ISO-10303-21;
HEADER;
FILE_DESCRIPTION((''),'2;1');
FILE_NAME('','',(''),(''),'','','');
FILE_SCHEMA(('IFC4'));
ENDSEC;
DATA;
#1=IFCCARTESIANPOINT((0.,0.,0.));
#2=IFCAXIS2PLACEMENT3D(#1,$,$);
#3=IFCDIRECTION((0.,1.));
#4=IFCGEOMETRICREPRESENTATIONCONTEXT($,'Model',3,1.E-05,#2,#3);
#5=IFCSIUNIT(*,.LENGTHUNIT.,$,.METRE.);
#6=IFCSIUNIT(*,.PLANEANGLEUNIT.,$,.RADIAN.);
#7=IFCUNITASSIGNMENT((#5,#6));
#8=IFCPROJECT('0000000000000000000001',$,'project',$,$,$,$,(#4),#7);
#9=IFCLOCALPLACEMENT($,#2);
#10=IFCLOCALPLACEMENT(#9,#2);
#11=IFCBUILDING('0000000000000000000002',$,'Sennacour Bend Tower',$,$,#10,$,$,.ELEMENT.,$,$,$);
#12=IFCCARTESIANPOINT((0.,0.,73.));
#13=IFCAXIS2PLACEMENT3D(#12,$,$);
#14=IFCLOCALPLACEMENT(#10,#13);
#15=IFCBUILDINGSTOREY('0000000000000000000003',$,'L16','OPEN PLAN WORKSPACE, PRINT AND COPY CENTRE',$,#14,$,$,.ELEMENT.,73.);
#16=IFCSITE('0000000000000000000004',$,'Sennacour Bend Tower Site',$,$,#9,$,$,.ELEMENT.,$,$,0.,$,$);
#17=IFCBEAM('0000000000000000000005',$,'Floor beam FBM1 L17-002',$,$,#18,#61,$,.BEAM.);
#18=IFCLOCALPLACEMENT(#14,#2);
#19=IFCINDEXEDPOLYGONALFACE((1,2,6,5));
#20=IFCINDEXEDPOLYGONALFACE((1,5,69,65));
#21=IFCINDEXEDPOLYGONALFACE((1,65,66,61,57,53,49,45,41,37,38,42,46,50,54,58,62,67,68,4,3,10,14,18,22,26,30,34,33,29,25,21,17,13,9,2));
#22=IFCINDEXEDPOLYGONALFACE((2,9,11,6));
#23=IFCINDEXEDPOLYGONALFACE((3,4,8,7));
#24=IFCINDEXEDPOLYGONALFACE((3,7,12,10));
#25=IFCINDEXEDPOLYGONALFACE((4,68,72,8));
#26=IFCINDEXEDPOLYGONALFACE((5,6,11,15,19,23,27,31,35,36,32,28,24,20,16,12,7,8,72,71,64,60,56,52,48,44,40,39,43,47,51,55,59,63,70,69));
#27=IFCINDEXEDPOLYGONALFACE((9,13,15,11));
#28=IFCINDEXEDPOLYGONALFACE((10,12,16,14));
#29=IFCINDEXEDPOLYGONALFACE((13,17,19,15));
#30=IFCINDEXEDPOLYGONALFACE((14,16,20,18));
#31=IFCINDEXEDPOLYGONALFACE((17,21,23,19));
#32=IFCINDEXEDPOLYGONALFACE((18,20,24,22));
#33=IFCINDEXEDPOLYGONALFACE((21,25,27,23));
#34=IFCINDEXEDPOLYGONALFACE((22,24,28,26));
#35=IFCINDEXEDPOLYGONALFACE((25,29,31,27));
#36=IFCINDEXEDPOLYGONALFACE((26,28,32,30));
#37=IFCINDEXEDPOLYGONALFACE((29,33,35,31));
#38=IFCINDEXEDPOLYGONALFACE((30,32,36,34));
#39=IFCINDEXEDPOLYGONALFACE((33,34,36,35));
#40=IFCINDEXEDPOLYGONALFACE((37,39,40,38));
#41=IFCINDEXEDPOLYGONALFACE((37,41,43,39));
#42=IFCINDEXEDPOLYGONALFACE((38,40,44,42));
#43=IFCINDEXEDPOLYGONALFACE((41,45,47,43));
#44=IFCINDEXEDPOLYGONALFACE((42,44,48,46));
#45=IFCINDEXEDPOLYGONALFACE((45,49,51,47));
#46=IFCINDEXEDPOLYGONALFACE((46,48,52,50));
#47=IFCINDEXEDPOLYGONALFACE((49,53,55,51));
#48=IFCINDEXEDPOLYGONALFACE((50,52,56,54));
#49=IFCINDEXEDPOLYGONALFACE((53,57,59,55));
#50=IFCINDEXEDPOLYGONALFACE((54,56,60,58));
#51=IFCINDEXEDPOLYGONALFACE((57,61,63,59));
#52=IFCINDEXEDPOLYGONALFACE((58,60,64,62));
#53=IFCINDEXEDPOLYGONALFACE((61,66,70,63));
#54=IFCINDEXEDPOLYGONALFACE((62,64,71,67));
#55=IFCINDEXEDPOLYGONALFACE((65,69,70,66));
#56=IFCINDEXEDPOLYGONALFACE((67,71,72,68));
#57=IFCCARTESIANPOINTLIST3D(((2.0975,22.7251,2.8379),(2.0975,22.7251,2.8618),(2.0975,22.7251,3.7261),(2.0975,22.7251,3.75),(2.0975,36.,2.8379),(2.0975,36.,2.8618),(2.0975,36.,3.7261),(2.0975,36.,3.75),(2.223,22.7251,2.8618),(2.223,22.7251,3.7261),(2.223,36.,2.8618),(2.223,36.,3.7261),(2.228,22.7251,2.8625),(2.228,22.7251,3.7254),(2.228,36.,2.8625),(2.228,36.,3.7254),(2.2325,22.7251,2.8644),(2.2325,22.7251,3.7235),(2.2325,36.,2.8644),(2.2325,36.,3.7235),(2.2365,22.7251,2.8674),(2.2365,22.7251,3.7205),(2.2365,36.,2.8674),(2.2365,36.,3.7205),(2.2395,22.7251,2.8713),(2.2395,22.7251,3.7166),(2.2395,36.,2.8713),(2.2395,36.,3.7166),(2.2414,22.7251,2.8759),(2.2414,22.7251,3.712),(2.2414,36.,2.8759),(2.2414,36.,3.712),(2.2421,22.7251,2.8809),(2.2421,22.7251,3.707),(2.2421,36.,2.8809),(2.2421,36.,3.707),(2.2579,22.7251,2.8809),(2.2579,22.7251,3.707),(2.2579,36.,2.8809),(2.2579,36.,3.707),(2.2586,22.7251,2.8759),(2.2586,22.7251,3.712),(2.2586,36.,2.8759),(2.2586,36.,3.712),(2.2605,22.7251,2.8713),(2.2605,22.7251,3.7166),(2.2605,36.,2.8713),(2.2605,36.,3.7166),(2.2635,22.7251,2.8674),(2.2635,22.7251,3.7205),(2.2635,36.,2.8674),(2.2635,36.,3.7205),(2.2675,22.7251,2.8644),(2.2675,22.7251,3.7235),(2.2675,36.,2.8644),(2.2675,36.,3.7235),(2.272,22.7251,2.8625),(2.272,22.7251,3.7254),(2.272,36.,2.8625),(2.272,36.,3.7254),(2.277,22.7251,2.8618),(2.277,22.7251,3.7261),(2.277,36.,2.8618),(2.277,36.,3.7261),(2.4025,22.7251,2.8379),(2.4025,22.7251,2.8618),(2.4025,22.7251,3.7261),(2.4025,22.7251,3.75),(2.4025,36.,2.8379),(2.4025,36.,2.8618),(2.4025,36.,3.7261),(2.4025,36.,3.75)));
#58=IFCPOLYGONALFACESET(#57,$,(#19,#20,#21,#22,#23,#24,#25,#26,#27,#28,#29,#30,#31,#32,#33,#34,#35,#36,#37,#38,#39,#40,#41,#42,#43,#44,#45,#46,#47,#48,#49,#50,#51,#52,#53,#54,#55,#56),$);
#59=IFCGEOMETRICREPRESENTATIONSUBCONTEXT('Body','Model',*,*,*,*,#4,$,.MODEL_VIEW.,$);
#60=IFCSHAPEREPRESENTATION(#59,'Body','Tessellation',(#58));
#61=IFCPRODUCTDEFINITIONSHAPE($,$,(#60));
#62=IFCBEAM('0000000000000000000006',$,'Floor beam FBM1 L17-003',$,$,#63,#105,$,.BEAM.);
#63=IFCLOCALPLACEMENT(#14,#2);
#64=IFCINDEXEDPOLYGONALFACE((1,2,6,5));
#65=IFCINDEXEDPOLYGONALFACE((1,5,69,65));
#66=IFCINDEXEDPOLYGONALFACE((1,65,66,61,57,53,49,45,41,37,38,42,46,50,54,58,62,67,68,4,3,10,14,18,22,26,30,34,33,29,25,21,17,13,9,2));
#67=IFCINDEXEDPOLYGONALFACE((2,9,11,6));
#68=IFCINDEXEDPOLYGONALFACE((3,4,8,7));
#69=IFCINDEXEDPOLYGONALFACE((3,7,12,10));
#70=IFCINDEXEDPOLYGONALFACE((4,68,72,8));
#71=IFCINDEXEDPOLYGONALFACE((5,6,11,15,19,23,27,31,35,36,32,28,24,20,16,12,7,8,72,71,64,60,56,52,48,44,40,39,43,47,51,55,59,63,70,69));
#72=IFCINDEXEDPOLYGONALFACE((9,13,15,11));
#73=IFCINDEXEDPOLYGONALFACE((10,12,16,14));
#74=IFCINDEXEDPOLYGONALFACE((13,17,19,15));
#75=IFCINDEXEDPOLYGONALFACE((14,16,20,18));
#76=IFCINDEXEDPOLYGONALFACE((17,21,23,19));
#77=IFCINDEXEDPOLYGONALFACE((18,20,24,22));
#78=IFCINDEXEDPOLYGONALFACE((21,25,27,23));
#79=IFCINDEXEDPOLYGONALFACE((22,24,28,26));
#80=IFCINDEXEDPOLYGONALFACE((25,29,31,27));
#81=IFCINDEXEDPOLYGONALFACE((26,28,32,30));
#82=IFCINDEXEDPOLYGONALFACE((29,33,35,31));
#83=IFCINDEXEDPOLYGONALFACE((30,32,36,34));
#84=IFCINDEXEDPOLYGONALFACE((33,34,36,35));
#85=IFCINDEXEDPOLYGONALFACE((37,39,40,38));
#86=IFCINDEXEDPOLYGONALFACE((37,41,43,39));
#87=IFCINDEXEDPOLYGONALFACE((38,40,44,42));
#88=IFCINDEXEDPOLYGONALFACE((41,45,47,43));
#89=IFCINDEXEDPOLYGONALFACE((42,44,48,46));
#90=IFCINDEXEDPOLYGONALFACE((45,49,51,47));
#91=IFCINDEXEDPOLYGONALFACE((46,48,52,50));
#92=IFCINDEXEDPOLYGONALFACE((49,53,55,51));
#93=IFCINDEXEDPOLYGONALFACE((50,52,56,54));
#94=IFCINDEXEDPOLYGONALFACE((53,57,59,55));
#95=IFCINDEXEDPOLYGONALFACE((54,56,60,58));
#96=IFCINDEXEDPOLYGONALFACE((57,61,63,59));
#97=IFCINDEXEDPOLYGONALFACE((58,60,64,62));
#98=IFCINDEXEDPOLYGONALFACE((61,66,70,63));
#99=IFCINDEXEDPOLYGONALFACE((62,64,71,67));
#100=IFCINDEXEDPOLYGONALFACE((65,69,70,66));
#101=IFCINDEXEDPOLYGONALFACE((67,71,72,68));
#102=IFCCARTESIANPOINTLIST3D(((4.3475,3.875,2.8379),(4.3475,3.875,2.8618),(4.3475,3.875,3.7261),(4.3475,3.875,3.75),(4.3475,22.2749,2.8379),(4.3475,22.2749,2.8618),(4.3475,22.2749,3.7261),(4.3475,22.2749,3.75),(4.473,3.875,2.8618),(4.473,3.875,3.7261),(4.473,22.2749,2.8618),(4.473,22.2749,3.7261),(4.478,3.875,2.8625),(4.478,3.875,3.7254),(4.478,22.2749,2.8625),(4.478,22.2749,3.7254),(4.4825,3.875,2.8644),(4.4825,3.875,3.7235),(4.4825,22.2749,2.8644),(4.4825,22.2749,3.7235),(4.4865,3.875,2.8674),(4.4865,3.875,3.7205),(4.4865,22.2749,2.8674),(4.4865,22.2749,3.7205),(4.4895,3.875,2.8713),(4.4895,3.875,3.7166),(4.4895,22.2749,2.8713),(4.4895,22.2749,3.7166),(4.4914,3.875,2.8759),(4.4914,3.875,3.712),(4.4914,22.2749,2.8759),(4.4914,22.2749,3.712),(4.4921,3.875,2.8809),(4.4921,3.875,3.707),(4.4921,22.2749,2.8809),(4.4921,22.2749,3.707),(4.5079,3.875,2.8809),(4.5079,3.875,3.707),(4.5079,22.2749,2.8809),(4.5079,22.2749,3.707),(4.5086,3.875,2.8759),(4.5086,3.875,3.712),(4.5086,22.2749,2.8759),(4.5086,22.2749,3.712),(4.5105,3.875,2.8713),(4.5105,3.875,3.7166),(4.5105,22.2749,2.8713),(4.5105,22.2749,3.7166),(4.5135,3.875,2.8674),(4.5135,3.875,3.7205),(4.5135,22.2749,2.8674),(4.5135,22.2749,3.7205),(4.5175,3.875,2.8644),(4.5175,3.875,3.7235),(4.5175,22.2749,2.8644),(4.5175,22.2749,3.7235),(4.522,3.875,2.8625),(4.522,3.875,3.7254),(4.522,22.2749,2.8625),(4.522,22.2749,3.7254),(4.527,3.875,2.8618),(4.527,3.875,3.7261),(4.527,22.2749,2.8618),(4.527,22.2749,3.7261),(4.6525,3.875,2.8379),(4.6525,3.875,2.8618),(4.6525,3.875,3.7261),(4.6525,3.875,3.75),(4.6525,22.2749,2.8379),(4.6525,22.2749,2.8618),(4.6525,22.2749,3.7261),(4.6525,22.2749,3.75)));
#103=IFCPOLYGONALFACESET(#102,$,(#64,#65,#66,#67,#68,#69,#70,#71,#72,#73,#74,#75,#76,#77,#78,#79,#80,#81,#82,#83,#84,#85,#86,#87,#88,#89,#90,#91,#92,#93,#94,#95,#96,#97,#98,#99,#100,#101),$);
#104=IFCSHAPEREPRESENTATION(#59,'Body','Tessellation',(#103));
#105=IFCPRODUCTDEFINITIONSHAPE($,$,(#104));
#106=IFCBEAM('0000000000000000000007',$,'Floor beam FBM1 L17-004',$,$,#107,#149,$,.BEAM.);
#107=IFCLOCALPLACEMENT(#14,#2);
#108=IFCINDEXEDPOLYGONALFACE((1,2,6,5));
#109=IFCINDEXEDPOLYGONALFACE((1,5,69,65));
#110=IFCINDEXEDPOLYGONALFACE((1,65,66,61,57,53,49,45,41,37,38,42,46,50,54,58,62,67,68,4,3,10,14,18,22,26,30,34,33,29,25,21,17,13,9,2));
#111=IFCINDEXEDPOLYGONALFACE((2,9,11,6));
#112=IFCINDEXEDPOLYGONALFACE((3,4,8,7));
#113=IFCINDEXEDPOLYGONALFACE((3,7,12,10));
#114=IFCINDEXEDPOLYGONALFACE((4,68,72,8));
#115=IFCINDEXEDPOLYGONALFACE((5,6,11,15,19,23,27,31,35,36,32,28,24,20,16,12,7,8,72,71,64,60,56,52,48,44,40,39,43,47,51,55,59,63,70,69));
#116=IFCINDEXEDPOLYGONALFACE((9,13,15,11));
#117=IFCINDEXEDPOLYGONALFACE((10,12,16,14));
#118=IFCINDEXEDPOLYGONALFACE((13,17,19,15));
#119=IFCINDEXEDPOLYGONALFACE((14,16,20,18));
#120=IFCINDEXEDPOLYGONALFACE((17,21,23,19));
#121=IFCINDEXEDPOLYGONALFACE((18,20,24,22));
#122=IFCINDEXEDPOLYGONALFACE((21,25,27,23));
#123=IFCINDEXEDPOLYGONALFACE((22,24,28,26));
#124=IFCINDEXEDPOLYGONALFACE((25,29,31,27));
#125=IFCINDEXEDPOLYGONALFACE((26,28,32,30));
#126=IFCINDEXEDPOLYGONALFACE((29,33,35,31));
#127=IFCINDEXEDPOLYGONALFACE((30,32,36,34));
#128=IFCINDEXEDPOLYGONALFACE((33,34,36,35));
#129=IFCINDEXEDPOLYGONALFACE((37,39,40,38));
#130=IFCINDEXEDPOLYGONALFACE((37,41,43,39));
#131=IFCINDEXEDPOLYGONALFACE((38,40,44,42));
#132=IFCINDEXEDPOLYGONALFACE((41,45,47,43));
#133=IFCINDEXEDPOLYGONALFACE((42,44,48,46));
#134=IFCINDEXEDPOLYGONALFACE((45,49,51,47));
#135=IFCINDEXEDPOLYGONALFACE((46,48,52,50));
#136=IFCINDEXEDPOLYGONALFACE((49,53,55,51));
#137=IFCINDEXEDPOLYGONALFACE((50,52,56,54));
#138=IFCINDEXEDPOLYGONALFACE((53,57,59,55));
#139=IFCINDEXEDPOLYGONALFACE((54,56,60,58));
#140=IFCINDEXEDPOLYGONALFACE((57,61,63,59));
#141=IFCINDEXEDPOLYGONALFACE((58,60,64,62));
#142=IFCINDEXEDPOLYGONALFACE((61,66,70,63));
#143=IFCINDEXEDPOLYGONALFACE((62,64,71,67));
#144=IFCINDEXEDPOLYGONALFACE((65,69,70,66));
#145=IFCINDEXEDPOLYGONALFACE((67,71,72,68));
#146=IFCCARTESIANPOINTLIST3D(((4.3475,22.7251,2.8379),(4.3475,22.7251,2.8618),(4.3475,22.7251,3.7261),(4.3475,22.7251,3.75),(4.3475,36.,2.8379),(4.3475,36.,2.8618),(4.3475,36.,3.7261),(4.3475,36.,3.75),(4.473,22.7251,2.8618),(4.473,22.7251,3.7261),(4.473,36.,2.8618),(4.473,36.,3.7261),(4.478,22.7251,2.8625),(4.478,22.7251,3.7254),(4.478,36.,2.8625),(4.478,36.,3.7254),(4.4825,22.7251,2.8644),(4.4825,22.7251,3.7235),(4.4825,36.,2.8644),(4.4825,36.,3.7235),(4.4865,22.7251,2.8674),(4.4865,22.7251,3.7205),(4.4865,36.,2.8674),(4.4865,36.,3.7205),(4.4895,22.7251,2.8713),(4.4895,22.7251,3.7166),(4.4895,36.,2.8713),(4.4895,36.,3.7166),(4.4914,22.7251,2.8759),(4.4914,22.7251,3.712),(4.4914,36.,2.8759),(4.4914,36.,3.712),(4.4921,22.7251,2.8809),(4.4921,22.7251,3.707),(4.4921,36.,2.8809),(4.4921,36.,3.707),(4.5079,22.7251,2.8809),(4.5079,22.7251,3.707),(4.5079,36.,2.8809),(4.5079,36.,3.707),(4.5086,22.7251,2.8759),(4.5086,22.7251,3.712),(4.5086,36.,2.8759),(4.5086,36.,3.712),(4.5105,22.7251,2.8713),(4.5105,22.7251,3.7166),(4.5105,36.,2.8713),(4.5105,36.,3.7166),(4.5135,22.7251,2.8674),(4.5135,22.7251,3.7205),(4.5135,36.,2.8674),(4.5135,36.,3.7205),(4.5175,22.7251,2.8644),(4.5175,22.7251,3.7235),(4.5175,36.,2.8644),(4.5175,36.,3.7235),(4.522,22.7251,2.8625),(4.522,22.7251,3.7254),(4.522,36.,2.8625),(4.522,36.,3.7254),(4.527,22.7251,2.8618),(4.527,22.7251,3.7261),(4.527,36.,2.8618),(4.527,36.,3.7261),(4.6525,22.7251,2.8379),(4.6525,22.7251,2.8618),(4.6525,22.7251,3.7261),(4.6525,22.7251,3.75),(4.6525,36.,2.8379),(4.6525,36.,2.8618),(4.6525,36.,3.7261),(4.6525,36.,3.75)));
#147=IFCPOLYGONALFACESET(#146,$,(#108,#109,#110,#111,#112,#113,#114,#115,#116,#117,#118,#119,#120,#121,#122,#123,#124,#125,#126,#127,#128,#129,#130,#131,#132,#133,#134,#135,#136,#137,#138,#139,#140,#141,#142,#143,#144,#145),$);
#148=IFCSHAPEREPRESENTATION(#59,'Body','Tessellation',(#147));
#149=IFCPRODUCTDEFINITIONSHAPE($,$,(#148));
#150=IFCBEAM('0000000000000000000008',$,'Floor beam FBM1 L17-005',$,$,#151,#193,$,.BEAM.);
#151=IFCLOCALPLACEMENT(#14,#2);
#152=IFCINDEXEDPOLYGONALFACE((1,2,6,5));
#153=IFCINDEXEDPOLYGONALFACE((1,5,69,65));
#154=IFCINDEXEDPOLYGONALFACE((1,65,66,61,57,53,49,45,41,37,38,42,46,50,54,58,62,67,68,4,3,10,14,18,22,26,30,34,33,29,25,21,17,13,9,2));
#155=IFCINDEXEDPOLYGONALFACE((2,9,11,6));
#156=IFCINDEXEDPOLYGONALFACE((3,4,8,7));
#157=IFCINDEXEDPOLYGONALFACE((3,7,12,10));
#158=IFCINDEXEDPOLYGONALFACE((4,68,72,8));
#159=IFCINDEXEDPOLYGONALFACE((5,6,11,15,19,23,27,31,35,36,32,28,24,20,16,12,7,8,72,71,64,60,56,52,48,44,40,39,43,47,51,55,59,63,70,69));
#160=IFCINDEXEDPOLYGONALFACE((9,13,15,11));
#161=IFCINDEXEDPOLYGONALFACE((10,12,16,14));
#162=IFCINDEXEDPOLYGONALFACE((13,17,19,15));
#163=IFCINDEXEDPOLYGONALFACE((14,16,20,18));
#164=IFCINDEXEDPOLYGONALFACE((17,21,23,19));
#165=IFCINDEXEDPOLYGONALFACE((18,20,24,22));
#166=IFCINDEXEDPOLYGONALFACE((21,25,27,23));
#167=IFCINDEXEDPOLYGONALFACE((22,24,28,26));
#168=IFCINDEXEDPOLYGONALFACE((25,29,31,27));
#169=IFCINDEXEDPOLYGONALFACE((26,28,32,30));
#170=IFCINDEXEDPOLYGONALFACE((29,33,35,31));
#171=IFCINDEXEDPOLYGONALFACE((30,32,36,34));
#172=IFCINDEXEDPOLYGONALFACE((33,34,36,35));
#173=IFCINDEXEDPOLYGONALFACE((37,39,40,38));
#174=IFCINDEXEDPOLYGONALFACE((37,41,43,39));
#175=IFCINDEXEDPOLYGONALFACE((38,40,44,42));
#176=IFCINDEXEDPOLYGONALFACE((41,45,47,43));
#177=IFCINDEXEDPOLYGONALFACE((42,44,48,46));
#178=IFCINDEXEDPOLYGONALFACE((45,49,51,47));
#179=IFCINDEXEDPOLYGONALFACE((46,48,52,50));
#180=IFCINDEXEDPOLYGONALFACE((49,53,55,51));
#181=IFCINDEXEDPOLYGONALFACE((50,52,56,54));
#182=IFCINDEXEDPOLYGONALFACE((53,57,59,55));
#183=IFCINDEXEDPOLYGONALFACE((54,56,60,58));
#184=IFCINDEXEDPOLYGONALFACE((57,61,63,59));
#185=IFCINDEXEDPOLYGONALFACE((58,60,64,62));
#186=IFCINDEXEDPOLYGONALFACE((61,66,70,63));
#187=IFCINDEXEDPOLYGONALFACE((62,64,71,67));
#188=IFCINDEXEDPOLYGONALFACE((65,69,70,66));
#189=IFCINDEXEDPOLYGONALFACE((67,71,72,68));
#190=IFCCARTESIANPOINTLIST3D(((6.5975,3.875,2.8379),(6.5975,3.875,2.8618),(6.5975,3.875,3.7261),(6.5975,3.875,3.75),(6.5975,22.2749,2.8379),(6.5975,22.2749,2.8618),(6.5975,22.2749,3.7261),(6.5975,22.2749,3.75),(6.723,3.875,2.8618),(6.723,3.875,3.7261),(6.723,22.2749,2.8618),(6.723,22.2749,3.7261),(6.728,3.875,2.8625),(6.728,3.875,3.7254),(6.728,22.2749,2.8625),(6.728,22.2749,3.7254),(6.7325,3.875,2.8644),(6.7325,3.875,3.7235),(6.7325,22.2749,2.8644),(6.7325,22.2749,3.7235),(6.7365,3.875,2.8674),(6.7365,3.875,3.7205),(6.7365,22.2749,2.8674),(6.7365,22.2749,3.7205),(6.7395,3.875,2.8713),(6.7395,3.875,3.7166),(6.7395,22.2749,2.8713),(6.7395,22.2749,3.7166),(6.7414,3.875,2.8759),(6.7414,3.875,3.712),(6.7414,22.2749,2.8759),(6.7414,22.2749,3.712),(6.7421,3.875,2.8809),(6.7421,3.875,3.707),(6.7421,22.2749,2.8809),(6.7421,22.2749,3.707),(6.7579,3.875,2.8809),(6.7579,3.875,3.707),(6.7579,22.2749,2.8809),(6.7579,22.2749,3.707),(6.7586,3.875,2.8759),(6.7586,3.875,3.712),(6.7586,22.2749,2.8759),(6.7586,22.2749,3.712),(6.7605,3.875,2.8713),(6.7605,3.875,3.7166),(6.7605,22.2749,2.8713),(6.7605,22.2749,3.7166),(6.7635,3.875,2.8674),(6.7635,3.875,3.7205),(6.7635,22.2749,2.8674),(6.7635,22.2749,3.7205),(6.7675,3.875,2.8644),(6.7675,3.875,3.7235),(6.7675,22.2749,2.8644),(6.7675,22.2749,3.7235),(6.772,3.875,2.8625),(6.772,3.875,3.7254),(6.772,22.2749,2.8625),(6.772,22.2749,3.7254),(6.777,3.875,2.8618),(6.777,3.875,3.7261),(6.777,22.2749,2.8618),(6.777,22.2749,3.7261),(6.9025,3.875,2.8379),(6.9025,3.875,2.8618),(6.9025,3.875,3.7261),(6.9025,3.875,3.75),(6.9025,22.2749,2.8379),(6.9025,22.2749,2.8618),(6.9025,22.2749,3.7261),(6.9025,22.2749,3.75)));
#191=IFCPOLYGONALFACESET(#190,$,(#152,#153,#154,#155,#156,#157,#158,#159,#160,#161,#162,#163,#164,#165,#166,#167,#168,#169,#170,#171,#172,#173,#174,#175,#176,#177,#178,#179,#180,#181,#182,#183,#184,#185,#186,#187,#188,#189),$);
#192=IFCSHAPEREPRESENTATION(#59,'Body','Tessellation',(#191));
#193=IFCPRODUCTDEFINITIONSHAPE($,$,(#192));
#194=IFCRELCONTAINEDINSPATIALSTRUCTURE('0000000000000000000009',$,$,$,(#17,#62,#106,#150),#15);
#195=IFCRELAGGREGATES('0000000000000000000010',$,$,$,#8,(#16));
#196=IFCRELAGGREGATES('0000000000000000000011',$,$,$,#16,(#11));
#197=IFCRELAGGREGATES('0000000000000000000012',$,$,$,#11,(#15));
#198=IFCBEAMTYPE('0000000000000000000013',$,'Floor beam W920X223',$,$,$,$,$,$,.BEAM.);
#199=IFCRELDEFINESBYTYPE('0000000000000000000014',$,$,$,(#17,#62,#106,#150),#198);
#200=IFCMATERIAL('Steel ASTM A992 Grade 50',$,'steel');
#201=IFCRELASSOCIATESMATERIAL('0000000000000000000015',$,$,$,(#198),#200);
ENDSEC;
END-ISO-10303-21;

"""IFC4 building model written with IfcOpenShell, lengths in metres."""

from ifc_helpers import new_model, si_unit, direction, frame, origin, origin_2d, place, context, subcontext, project, spatial, i_section, extrude, material, material_profile, profile_set, type_object, element, save


model = new_model("IFC4")

# Units and contexts
model_context = context("Model", 3, precision=1e-05, world=origin(), true_north=direction((0.0, 1.0)))
body_context = subcontext(model_context, "Body", "Model", "MODEL_VIEW")
ifc_project = project(units=[si_unit("LENGTHUNIT", "METRE"), si_unit("PLANEANGLEUNIT", "RADIAN")], contexts=[model_context])

# Site, building, storey
site_placement = place(None, origin())
site = spatial("IfcSite", under=ifc_project, at=site_placement, Name="Sennacour Bend Tower Site", CompositionType="ELEMENT", RefElevation=0.0)
building_placement = place(site_placement, origin())
building = spatial("IfcBuilding", under=site, at=building_placement, Name="Sennacour Bend Tower", CompositionType="ELEMENT")
storey_placement = place(building_placement, frame((0.0, 0.0, 73.0)))
storey = spatial("IfcBuildingStorey", under=building, at=storey_placement, Name="L16", Description="OPEN PLAN WORKSPACE, PRINT AND COPY CENTRE", CompositionType="ELEMENT", Elevation=73.0)

# Beams
ifc_material_1 = material(Name="Steel ASTM A992 Grade 50", Category="steel")
ifc_material_profile = material_profile(ifc_material_1, i_section(OverallWidth=0.3049, OverallDepth=0.9121, WebThickness=0.0159, FlangeThickness=0.0239, FilletRadius=0.019, at=origin_2d()), Name="Steel ASTM A992 Grade 50", Category="steel")
ifc_profile_set = profile_set([ifc_material_profile], Name="Steel ASTM A992 Grade 50")
beam_type = type_object("IfcBeamType", Name="Floor beam W920X223", PredefinedType="BEAM", material=ifc_profile_set)
beam_1_placement = place(storey_placement, frame((2.25, 22.7251, 3.2939), z_axis=(0.0, 1.0, 0.0), x_axis=(-1.0, 0.0, 0.0)))
element("IfcBeam", 1, at=beam_1_placement, inside=storey, type_object=beam_type, Name="Floor beam FBM1 L17-002", PredefinedType="BEAM", context=body_context, shape_type="SweptSolid", body=[
    extrude(i_section(OverallWidth=0.3049, OverallDepth=0.9121, WebThickness=0.0159, FlangeThickness=0.0239, FilletRadius=0.019, at=origin_2d()), origin(), (0.0, 0.0, 1.0), 13.2749),
])
beam_2_placement = place(storey_placement, frame((4.5, 3.875, 3.2939), z_axis=(0.0, 1.0, 0.0), x_axis=(-1.0, 0.0, 0.0)))
element("IfcBeam", 2, at=beam_2_placement, inside=storey, type_object=beam_type, Name="Floor beam FBM1 L17-003", PredefinedType="BEAM", context=body_context, shape_type="SweptSolid", body=[
    extrude(i_section(OverallWidth=0.3049, OverallDepth=0.9121, WebThickness=0.0159, FlangeThickness=0.0239, FilletRadius=0.019, at=origin_2d()), origin(), (0.0, 0.0, 1.0), 18.3999),
])
beam_3_placement = place(storey_placement, frame((4.5, 22.7251, 3.2939), z_axis=(0.0, 1.0, 0.0), x_axis=(-1.0, 0.0, 0.0)))
element("IfcBeam", 3, at=beam_3_placement, inside=storey, type_object=beam_type, Name="Floor beam FBM1 L17-004", PredefinedType="BEAM", context=body_context, shape_type="SweptSolid", body=[
    extrude(i_section(OverallWidth=0.3049, OverallDepth=0.9121, WebThickness=0.0159, FlangeThickness=0.0239, FilletRadius=0.019, at=origin_2d()), origin(), (0.0, 0.0, 1.0), 13.2749),
])
beam_4_placement = place(storey_placement, frame((6.75, 3.875, 3.2939), z_axis=(0.0, 1.0, 0.0), x_axis=(-1.0, 0.0, 0.0)))
element("IfcBeam", 4, at=beam_4_placement, inside=storey, type_object=beam_type, Name="Floor beam FBM1 L17-005", PredefinedType="BEAM", context=body_context, shape_type="SweptSolid", body=[
    extrude(i_section(OverallWidth=0.3049, OverallDepth=0.9121, WebThickness=0.0159, FlangeThickness=0.0239, FilletRadius=0.019, at=origin_2d()), origin(), (0.0, 0.0, 1.0), 18.3999),
])

save(model, "model.ifc")
